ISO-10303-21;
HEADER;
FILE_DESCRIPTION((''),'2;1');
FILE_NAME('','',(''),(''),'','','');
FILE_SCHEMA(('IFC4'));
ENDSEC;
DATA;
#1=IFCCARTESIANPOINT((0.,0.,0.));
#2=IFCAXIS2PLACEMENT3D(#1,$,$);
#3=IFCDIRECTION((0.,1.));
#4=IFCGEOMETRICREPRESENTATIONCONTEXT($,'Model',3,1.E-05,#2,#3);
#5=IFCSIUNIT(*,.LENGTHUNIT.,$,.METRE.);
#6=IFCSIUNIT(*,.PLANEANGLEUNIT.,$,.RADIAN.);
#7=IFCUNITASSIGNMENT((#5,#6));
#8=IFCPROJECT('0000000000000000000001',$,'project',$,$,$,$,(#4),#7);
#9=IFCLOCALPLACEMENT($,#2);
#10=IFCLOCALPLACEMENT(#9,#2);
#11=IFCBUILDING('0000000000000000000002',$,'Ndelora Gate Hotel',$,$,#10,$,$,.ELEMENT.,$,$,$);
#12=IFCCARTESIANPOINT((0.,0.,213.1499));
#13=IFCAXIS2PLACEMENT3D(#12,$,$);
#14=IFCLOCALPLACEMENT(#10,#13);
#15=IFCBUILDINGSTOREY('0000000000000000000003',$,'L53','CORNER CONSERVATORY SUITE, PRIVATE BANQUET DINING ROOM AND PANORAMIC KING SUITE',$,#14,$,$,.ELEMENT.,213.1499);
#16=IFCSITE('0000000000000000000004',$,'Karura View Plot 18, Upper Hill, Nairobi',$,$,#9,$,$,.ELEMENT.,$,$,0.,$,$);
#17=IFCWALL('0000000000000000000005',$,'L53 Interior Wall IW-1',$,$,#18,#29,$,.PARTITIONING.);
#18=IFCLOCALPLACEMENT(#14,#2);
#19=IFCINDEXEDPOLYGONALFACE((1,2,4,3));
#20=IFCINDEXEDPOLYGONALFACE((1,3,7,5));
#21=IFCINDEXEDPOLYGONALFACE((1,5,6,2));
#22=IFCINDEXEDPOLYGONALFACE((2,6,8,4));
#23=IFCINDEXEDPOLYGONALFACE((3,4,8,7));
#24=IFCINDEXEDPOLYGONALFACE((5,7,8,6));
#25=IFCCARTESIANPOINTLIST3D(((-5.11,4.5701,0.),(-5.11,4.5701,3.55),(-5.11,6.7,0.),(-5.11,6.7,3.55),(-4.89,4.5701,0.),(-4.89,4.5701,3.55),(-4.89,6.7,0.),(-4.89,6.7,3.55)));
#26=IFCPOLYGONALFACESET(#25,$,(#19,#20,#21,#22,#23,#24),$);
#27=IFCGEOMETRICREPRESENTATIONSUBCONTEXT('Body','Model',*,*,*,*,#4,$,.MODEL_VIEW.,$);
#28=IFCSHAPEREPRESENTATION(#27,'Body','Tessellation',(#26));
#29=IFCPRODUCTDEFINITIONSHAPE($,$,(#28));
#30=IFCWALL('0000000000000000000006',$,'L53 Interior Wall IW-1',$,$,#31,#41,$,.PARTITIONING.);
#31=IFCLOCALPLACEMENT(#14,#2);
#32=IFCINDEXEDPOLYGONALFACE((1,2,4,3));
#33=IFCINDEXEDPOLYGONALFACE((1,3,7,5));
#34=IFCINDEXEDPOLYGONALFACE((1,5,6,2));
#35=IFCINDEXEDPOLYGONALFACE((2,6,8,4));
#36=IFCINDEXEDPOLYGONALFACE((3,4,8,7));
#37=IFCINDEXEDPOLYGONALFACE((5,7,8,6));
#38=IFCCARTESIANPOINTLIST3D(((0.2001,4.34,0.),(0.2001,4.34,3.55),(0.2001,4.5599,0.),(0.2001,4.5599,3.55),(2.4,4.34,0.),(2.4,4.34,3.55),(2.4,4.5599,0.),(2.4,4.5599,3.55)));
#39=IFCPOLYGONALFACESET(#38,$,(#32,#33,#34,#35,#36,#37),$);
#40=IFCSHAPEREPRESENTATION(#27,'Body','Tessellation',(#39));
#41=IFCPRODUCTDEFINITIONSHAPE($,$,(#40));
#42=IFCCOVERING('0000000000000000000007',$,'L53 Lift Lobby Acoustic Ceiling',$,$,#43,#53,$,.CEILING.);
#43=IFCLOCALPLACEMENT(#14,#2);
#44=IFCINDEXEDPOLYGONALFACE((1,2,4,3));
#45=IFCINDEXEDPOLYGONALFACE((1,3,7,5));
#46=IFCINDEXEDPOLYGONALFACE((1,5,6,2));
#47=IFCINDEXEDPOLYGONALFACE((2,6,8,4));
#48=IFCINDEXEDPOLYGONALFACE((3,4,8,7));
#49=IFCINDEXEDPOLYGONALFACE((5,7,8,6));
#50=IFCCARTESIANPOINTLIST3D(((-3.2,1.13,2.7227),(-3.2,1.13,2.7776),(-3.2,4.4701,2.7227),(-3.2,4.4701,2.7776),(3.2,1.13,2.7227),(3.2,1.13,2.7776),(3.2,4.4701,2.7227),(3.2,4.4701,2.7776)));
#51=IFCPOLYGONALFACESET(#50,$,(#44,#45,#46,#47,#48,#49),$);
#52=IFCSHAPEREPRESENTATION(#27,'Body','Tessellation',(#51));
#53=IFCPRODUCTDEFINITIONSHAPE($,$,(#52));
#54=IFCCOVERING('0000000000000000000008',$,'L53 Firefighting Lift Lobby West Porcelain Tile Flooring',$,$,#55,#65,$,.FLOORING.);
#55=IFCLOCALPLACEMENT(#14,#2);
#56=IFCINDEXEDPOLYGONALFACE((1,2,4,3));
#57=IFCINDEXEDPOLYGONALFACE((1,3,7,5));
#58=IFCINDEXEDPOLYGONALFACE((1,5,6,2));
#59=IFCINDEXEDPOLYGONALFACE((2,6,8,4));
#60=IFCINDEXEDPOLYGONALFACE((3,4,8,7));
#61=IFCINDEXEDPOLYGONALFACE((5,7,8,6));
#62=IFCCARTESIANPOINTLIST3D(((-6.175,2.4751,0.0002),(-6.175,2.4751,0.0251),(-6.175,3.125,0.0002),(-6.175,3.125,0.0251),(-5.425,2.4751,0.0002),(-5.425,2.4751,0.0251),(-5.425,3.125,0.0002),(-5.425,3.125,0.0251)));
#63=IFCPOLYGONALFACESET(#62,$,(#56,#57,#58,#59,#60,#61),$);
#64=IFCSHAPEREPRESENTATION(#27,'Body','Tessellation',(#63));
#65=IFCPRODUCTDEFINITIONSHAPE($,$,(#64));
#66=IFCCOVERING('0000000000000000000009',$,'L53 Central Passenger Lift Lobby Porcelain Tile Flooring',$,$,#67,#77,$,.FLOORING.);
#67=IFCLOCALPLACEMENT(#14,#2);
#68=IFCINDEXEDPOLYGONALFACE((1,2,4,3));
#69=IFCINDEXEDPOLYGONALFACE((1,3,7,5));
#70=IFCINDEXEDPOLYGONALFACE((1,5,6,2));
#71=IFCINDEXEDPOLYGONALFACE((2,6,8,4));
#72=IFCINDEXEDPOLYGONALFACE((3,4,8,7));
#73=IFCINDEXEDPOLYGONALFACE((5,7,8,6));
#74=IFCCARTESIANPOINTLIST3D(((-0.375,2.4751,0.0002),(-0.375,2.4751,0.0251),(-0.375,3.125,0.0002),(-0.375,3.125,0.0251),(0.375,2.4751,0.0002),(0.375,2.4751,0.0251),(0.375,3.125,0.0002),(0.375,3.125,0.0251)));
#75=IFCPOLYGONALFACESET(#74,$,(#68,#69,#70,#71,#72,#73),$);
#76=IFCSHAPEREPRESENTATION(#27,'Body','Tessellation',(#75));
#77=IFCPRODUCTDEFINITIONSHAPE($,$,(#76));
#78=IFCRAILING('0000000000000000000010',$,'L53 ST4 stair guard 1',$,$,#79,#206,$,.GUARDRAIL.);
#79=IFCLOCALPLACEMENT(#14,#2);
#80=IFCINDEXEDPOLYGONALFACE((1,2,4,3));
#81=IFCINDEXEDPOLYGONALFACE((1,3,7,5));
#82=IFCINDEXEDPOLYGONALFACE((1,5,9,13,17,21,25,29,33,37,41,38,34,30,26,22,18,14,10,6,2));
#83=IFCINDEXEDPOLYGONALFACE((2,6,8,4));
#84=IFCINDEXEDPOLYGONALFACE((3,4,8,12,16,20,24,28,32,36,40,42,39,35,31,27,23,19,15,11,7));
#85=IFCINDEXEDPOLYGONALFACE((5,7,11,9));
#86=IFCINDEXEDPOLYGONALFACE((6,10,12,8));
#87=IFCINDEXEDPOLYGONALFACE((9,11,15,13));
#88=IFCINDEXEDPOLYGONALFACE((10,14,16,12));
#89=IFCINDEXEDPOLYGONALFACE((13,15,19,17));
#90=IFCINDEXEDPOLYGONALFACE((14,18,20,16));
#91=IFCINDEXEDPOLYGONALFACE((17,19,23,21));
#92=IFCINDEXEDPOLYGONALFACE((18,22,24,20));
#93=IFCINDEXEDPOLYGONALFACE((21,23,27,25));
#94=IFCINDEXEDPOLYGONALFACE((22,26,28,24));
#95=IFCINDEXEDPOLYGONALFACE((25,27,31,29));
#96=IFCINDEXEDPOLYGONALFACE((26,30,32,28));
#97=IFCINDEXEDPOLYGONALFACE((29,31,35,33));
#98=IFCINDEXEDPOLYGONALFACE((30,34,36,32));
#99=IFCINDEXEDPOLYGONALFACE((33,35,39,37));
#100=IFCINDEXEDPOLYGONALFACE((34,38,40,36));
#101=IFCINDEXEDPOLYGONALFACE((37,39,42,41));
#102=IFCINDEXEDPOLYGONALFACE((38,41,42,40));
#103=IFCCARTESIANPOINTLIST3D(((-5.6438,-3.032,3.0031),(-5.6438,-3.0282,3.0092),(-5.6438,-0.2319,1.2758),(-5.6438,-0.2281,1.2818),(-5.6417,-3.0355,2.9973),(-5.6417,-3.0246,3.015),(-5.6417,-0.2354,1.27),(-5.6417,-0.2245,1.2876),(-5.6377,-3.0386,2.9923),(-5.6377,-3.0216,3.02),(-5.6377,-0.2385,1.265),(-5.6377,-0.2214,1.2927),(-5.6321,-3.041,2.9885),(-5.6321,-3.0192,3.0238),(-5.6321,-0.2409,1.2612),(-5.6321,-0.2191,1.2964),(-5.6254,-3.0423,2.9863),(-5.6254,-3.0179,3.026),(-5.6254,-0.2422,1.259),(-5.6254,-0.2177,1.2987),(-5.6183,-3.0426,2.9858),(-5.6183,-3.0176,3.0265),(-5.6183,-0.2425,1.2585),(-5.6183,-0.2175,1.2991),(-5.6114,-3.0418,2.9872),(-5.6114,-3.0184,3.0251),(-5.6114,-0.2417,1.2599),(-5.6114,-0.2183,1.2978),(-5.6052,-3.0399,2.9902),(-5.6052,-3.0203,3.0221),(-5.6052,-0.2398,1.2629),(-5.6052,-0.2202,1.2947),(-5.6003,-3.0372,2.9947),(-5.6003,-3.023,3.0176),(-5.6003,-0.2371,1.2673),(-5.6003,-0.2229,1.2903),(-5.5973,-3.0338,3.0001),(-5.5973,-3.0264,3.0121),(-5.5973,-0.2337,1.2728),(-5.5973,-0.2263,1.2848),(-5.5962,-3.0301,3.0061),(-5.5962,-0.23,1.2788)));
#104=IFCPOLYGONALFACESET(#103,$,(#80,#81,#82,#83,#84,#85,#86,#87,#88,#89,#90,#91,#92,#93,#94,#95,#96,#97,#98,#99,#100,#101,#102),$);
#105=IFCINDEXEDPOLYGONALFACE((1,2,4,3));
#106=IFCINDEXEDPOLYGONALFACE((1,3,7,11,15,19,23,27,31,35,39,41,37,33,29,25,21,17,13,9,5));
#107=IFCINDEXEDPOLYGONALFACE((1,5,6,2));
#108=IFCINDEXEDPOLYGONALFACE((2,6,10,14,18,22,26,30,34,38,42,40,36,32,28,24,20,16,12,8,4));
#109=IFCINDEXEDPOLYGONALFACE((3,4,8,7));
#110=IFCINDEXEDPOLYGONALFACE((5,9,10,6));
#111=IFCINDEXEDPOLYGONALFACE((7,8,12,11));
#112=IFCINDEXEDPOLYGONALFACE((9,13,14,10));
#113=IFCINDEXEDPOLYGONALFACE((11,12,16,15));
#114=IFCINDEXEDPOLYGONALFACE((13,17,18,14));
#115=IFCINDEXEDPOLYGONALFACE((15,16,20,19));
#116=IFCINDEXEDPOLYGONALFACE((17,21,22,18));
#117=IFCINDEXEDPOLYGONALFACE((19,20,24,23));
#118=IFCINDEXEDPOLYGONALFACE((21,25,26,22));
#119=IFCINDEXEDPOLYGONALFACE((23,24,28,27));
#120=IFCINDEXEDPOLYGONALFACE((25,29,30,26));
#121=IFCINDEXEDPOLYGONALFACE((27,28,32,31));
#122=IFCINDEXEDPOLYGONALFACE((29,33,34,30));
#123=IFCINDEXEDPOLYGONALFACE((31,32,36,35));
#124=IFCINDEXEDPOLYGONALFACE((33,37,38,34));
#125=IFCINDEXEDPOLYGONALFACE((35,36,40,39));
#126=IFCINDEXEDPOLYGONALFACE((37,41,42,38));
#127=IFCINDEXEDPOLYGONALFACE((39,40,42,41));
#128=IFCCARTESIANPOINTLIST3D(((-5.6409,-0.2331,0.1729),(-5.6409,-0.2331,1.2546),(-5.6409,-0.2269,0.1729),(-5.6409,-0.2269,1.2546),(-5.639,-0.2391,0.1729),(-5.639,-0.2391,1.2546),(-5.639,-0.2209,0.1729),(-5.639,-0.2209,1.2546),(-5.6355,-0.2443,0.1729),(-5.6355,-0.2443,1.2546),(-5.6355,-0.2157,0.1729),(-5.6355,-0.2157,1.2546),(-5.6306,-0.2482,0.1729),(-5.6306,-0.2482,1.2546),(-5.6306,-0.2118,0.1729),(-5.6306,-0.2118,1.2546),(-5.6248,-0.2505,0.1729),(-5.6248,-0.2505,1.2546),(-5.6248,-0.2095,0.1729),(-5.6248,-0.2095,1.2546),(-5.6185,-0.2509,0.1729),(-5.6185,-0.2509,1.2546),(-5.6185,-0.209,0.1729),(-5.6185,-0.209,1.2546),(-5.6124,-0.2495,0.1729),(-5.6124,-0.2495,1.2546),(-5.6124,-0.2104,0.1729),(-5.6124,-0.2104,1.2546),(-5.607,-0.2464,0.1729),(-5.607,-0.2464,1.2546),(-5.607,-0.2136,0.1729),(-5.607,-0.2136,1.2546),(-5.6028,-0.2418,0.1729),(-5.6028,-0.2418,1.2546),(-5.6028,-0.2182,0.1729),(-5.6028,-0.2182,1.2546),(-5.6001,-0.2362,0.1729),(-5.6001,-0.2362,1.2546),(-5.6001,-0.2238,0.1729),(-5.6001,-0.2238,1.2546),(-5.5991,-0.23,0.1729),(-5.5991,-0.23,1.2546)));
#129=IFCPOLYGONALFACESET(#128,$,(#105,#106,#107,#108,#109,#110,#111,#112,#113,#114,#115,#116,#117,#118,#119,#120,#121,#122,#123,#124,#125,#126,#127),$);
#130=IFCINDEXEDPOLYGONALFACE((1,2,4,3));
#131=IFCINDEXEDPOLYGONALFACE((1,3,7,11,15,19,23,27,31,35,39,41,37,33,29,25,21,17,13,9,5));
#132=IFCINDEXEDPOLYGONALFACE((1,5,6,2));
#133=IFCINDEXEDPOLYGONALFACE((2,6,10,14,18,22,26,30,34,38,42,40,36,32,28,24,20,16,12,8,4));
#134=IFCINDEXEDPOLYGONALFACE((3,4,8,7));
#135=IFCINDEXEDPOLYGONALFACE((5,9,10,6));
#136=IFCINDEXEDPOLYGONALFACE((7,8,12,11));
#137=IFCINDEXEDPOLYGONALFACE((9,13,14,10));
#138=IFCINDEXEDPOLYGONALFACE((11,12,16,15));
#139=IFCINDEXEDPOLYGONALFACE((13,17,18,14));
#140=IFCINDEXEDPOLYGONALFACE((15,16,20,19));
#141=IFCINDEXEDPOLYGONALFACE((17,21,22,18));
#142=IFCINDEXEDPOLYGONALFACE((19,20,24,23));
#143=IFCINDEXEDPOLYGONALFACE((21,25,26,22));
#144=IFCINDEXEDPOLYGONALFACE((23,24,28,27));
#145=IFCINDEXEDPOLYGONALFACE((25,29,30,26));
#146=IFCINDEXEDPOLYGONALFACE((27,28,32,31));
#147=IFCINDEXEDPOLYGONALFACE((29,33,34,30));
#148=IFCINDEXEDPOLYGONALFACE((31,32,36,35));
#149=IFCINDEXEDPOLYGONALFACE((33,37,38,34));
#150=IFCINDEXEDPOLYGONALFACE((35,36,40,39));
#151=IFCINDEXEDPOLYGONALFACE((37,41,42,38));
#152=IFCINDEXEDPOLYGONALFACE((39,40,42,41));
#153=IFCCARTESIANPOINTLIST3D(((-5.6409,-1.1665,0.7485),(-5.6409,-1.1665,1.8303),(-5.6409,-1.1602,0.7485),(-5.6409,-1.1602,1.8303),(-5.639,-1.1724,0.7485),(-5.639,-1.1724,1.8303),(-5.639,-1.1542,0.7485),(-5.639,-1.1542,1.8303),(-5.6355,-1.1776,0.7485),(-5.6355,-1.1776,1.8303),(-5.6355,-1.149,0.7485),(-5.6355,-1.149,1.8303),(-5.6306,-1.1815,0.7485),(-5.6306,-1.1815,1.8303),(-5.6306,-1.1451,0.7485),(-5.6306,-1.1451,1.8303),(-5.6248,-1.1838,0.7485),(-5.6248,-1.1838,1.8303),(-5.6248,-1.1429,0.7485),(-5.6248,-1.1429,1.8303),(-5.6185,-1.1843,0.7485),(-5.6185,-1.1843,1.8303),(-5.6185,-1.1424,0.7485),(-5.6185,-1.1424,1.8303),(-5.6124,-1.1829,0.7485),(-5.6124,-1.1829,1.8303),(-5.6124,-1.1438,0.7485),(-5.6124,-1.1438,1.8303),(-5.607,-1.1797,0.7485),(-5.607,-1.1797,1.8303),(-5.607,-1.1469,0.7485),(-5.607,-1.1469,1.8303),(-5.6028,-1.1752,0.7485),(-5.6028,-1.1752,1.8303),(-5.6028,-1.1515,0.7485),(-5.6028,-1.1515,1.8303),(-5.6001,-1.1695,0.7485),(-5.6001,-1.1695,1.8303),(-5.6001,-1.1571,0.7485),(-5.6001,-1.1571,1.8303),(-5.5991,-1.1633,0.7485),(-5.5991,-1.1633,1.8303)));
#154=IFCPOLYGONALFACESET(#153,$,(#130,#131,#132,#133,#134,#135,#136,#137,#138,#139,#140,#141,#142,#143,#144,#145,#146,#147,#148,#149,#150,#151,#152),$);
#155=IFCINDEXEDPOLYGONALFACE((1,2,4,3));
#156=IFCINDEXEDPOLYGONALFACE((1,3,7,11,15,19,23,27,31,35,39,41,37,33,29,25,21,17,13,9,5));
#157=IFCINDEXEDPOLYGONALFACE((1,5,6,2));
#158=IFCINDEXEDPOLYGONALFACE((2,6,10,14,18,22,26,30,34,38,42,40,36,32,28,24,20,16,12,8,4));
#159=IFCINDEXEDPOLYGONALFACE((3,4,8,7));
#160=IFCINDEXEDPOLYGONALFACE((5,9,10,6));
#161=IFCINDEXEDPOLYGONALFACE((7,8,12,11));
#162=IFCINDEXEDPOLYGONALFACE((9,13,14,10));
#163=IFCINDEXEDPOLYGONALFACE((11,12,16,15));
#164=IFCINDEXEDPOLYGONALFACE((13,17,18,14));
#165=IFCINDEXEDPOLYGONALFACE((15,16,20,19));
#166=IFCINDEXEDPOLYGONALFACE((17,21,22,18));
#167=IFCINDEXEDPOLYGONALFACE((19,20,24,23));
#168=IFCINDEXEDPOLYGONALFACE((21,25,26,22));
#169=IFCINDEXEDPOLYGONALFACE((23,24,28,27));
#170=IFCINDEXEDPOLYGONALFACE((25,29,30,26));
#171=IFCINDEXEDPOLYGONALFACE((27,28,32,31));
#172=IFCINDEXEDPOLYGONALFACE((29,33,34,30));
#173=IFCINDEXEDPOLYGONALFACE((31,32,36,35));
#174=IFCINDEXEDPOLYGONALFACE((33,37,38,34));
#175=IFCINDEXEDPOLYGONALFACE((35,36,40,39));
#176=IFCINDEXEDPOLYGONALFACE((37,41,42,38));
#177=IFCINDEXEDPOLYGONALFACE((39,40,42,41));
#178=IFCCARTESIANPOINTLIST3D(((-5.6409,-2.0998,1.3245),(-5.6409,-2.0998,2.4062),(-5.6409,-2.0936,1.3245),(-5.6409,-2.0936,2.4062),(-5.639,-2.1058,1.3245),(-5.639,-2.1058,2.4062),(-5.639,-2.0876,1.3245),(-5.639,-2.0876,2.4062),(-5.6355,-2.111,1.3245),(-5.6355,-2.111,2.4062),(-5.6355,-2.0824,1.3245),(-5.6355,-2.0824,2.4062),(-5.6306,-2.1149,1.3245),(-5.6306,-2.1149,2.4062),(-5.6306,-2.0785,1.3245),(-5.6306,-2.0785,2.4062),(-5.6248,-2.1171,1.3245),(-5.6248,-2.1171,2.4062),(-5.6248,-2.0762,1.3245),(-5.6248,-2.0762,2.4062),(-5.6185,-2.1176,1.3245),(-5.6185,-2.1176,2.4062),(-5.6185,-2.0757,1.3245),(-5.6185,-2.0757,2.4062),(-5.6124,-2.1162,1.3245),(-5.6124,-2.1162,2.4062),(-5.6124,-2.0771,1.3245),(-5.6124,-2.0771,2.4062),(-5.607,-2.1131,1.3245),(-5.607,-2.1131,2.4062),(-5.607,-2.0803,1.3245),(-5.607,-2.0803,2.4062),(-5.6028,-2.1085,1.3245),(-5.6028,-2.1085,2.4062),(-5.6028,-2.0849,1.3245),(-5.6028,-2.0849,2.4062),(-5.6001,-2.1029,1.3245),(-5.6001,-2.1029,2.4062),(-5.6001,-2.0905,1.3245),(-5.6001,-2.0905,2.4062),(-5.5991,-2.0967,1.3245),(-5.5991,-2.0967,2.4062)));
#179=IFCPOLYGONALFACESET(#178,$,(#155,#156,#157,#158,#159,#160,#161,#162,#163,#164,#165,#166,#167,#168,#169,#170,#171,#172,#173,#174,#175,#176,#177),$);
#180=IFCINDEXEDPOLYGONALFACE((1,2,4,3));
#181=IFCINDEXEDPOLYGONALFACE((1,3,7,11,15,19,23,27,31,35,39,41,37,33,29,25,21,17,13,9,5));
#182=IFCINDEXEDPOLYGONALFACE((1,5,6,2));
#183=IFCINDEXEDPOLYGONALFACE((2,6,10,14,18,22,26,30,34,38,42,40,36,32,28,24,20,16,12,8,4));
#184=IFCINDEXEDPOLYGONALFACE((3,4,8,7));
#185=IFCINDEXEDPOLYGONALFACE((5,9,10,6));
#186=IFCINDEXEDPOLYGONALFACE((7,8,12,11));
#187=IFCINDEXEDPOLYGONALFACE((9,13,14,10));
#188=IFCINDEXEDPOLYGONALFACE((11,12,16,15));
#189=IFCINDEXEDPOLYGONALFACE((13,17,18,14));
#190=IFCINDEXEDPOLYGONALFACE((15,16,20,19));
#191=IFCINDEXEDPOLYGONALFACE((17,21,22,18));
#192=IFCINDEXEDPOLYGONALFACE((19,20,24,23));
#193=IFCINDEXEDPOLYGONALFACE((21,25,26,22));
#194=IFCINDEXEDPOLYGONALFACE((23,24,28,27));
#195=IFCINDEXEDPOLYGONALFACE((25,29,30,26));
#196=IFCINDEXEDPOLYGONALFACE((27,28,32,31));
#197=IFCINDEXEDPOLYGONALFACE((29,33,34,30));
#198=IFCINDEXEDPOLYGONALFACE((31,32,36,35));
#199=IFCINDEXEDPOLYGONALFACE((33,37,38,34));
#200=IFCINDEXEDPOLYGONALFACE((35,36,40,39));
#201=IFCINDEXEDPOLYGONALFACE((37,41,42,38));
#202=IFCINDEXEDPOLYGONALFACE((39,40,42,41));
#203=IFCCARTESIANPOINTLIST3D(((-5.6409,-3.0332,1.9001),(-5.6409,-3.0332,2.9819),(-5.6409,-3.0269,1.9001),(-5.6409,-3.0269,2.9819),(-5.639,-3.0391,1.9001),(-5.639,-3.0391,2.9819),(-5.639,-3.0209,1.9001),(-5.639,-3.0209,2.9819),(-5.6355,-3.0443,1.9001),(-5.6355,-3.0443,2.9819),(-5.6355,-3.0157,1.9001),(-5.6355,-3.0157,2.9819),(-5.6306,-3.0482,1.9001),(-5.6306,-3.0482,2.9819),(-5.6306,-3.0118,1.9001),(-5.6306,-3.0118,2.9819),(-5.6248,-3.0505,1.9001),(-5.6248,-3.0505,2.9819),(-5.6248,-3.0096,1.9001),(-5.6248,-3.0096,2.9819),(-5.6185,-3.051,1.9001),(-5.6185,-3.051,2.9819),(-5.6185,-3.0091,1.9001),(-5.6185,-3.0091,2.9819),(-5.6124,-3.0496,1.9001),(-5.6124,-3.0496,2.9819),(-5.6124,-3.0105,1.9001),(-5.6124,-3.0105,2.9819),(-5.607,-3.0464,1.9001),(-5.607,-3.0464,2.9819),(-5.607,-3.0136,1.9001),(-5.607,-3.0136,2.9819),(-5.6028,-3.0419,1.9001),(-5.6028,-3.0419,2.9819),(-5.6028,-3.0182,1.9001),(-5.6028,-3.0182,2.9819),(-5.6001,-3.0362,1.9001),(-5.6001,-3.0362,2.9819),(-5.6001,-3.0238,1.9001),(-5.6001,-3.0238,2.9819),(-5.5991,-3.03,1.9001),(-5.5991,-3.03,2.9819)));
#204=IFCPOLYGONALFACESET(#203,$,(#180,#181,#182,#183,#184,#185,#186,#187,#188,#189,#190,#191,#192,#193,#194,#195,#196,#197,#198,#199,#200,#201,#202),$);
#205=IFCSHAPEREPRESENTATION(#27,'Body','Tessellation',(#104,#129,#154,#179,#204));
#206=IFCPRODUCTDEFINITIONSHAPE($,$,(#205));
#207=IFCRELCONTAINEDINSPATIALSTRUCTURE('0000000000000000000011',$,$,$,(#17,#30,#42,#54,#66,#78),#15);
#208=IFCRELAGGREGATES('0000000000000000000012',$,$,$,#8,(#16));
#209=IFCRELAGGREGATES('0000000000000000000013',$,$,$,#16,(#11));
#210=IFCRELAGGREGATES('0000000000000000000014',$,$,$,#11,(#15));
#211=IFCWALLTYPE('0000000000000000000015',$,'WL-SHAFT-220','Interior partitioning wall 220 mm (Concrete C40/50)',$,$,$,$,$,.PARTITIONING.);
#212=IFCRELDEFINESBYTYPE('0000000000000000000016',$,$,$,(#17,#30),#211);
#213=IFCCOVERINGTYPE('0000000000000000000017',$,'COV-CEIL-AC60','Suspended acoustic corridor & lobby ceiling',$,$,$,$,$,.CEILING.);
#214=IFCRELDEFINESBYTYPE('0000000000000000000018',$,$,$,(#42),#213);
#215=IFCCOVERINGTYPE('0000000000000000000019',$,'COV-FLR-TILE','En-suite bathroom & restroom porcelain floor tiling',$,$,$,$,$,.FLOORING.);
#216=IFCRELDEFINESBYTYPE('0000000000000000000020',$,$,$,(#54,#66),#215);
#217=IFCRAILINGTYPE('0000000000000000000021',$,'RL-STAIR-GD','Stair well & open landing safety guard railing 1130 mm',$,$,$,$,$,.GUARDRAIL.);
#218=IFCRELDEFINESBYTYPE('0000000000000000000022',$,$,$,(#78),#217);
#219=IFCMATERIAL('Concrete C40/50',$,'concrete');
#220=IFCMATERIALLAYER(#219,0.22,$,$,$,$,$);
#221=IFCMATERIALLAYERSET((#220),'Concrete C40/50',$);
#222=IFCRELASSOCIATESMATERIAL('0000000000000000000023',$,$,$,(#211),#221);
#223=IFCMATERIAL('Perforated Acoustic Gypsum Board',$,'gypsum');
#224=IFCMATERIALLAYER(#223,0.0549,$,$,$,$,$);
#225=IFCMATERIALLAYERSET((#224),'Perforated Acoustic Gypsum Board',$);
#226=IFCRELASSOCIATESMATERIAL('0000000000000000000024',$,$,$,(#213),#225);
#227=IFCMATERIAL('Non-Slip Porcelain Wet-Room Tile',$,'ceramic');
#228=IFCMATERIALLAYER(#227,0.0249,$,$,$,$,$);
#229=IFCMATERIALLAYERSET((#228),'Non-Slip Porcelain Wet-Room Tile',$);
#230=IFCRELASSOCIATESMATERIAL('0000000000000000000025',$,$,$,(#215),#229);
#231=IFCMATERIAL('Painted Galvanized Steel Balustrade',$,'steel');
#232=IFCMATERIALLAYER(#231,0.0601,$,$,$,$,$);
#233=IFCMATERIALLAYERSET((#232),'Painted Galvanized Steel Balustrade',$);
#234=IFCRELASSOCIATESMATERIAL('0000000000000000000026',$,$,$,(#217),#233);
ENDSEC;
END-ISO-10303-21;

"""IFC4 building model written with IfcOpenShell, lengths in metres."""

from ifc_helpers import new_model, si_unit, direction, frame, frame_2d, origin, origin_2d, place, context, subcontext, project, spatial, rectangle, circle, extrude, material, layer, layer_set, type_object, element, save


model = new_model("IFC4")

# Units and contexts
model_context = context("Model", 3, precision=1e-05, world=origin(), true_north=direction((0.0, 1.0)))
body_context = subcontext(model_context, "Body", "Model", "MODEL_VIEW")
ifc_project = project(units=[si_unit("LENGTHUNIT", "METRE"), si_unit("PLANEANGLEUNIT", "RADIAN")], contexts=[model_context])

# Site, building, storey
site_placement = place(None, origin())
site = spatial("IfcSite", under=ifc_project, at=site_placement, Name="Karura View Plot 18, Upper Hill, Nairobi", CompositionType="ELEMENT", RefElevation=0.0)
building_placement = place(site_placement, origin())
building = spatial("IfcBuilding", under=site, at=building_placement, Name="Ndelora Gate Hotel", CompositionType="ELEMENT")
storey_placement = place(building_placement, frame((0.0, 0.0, 213.1499)))
storey = spatial("IfcBuildingStorey", under=building, at=storey_placement, Name="L53", Description="CORNER CONSERVATORY SUITE, PRIVATE BANQUET DINING ROOM AND PANORAMIC KING SUITE", CompositionType="ELEMENT", Elevation=213.1499)

# Shared definitions
ifc_material_1 = material(Name="Concrete C40/50", Category="concrete")

# Shared definitions
ifc_layer_1 = layer(ifc_material_1, 0.22)
ifc_layer_set_1 = layer_set([ifc_layer_1], Name="Concrete C40/50")
wall_type_1 = type_object("IfcWallType", Name="WL-SHAFT-220", Description="Interior partitioning wall 220 mm (Concrete C40/50)", PredefinedType="PARTITIONING", material=ifc_layer_set_1)

# Wall
wall_1_placement = place(storey_placement, frame((-5.0, 4.5701, 0.0), z_axis=(0.0, 0.0, 1.0), x_axis=(0.0, 1.0, 0.0)))
element("IfcWall", 1, at=wall_1_placement, inside=storey, type_object=wall_type_1, Name="L53 Interior Wall IW-1", PredefinedType="PARTITIONING", context=body_context, shape_type="SweptSolid", body=[
    extrude(rectangle(XDim=2.1299, YDim=0.22, at=frame_2d((1.0649, 0.0))), origin(), (0.0, 0.0, 1.0), 3.55),
])

# Wall
wall_2_placement = place(storey_placement, frame((0.2, 4.45, 0.0), z_axis=(0.0, 0.0, 1.0), x_axis=(1.0, 0.0, 0.0)))
element("IfcWall", 2, at=wall_2_placement, inside=storey, type_object=wall_type_1, Name="L53 Interior Wall IW-1", PredefinedType="PARTITIONING", context=body_context, shape_type="SweptSolid", body=[
    extrude(rectangle(XDim=2.2, YDim=0.22, at=frame_2d((1.1001, 0.0))), origin(), (0.0, 0.0, 1.0), 3.55),
])

# Coverings
ifc_material_2 = material(Name="Perforated Acoustic Gypsum Board", Category="gypsum")
ifc_layer_2 = layer(ifc_material_2, 0.0549)
ifc_layer_set_2 = layer_set([ifc_layer_2], Name="Perforated Acoustic Gypsum Board")
covering_type_1 = type_object("IfcCoveringType", Name="COV-CEIL-AC60", Description="Suspended acoustic corridor & lobby ceiling", PredefinedType="CEILING", material=ifc_layer_set_2)
covering_placement = place(storey_placement, frame((0.0, 2.8, 2.7227), z_axis=(0.0, 0.0, 1.0), x_axis=(1.0, 0.0, 0.0)))
element("IfcCovering", 3, at=covering_placement, inside=storey, type_object=covering_type_1, Name="L53 Lift Lobby Acoustic Ceiling", PredefinedType="CEILING", context=body_context, shape_type="SweptSolid", body=[
    extrude(rectangle(XDim=6.3999, YDim=3.3401, at=origin_2d()), origin(), (0.0, 0.0, 1.0), 0.0549),
])
ifc_material_3 = material(Name="Non-Slip Porcelain Wet-Room Tile", Category="ceramic")
ifc_layer_3 = layer(ifc_material_3, 0.0249)
ifc_layer_set_3 = layer_set([ifc_layer_3], Name="Non-Slip Porcelain Wet-Room Tile")
covering_type_2 = type_object("IfcCoveringType", Name="COV-FLR-TILE", Description="En-suite bathroom & restroom porcelain floor tiling", PredefinedType="FLOORING", material=ifc_layer_set_3)
for number, where, z_axis, x_axis, name in (
    (4, (-5.8, 2.8, 0.0002), (0.0, 0.0, 1.0), (1.0, 0.0, 0.0), "L53 Firefighting Lift Lobby West Porcelain Tile Flooring"),
    (5, (0.0, 2.8, 0.0002), (0.0, 0.0, 1.0), (1.0, 0.0, 0.0), "L53 Central Passenger Lift Lobby Porcelain Tile Flooring"),
):
    element("IfcCovering", number, at=place(storey_placement, frame(where, z_axis=z_axis, x_axis=x_axis)), inside=storey, type_object=covering_type_2, Name=name, PredefinedType="FLOORING", context=body_context, shape_type="SweptSolid", body=[
        extrude(rectangle(XDim=0.75, YDim=0.6499, at=origin_2d()), origin(), (0.0, 0.0, 1.0), 0.0249),
    ])

# Railing
ifc_material_4 = material(Name="Painted Galvanized Steel Balustrade", Category="steel")
ifc_layer_4 = layer(ifc_material_4, 0.0601)
ifc_layer_set_4 = layer_set([ifc_layer_4], Name="Painted Galvanized Steel Balustrade")
railing_type = type_object("IfcRailingType", Name="RL-STAIR-GD", Description="Stair well & open landing safety guard railing 1130 mm", PredefinedType="GUARDRAIL", material=ifc_layer_set_4)
railing_1_placement = place(storey_placement, frame((-5.6201, -0.23, 0.1729)))
element("IfcRailing", 6, at=railing_1_placement, inside=storey, type_object=railing_type, Name="L53 ST4 stair guard 1", PredefinedType="GUARDRAIL", context=body_context, shape_type="SweptSolid", body=[
    extrude(circle(Radius=0.0239, at=origin_2d()), frame((0.0, 0.0, 1.106), z_axis=(0.0, -0.85109, 0.52502), x_axis=(1.0, 0.0, 0.0)), (0.0, 0.0, 1.0), 3.29),
    extrude(circle(Radius=0.021, at=origin_2d()), origin(), (0.0, 0.0, 1.0), 1.0818),
    extrude(circle(Radius=0.021, at=origin_2d()), frame((0.0, -0.9333, 0.5757)), (0.0, 0.0, 1.0), 1.0818),
    extrude(circle(Radius=0.021, at=origin_2d()), frame((0.0, -1.8667, 1.1516)), (0.0, 0.0, 1.0), 1.0818),
    extrude(circle(Radius=0.021, at=origin_2d()), frame((0.0, -2.8, 1.7273)), (0.0, 0.0, 1.0), 1.0818),
])

save(model, "model.ifc")
